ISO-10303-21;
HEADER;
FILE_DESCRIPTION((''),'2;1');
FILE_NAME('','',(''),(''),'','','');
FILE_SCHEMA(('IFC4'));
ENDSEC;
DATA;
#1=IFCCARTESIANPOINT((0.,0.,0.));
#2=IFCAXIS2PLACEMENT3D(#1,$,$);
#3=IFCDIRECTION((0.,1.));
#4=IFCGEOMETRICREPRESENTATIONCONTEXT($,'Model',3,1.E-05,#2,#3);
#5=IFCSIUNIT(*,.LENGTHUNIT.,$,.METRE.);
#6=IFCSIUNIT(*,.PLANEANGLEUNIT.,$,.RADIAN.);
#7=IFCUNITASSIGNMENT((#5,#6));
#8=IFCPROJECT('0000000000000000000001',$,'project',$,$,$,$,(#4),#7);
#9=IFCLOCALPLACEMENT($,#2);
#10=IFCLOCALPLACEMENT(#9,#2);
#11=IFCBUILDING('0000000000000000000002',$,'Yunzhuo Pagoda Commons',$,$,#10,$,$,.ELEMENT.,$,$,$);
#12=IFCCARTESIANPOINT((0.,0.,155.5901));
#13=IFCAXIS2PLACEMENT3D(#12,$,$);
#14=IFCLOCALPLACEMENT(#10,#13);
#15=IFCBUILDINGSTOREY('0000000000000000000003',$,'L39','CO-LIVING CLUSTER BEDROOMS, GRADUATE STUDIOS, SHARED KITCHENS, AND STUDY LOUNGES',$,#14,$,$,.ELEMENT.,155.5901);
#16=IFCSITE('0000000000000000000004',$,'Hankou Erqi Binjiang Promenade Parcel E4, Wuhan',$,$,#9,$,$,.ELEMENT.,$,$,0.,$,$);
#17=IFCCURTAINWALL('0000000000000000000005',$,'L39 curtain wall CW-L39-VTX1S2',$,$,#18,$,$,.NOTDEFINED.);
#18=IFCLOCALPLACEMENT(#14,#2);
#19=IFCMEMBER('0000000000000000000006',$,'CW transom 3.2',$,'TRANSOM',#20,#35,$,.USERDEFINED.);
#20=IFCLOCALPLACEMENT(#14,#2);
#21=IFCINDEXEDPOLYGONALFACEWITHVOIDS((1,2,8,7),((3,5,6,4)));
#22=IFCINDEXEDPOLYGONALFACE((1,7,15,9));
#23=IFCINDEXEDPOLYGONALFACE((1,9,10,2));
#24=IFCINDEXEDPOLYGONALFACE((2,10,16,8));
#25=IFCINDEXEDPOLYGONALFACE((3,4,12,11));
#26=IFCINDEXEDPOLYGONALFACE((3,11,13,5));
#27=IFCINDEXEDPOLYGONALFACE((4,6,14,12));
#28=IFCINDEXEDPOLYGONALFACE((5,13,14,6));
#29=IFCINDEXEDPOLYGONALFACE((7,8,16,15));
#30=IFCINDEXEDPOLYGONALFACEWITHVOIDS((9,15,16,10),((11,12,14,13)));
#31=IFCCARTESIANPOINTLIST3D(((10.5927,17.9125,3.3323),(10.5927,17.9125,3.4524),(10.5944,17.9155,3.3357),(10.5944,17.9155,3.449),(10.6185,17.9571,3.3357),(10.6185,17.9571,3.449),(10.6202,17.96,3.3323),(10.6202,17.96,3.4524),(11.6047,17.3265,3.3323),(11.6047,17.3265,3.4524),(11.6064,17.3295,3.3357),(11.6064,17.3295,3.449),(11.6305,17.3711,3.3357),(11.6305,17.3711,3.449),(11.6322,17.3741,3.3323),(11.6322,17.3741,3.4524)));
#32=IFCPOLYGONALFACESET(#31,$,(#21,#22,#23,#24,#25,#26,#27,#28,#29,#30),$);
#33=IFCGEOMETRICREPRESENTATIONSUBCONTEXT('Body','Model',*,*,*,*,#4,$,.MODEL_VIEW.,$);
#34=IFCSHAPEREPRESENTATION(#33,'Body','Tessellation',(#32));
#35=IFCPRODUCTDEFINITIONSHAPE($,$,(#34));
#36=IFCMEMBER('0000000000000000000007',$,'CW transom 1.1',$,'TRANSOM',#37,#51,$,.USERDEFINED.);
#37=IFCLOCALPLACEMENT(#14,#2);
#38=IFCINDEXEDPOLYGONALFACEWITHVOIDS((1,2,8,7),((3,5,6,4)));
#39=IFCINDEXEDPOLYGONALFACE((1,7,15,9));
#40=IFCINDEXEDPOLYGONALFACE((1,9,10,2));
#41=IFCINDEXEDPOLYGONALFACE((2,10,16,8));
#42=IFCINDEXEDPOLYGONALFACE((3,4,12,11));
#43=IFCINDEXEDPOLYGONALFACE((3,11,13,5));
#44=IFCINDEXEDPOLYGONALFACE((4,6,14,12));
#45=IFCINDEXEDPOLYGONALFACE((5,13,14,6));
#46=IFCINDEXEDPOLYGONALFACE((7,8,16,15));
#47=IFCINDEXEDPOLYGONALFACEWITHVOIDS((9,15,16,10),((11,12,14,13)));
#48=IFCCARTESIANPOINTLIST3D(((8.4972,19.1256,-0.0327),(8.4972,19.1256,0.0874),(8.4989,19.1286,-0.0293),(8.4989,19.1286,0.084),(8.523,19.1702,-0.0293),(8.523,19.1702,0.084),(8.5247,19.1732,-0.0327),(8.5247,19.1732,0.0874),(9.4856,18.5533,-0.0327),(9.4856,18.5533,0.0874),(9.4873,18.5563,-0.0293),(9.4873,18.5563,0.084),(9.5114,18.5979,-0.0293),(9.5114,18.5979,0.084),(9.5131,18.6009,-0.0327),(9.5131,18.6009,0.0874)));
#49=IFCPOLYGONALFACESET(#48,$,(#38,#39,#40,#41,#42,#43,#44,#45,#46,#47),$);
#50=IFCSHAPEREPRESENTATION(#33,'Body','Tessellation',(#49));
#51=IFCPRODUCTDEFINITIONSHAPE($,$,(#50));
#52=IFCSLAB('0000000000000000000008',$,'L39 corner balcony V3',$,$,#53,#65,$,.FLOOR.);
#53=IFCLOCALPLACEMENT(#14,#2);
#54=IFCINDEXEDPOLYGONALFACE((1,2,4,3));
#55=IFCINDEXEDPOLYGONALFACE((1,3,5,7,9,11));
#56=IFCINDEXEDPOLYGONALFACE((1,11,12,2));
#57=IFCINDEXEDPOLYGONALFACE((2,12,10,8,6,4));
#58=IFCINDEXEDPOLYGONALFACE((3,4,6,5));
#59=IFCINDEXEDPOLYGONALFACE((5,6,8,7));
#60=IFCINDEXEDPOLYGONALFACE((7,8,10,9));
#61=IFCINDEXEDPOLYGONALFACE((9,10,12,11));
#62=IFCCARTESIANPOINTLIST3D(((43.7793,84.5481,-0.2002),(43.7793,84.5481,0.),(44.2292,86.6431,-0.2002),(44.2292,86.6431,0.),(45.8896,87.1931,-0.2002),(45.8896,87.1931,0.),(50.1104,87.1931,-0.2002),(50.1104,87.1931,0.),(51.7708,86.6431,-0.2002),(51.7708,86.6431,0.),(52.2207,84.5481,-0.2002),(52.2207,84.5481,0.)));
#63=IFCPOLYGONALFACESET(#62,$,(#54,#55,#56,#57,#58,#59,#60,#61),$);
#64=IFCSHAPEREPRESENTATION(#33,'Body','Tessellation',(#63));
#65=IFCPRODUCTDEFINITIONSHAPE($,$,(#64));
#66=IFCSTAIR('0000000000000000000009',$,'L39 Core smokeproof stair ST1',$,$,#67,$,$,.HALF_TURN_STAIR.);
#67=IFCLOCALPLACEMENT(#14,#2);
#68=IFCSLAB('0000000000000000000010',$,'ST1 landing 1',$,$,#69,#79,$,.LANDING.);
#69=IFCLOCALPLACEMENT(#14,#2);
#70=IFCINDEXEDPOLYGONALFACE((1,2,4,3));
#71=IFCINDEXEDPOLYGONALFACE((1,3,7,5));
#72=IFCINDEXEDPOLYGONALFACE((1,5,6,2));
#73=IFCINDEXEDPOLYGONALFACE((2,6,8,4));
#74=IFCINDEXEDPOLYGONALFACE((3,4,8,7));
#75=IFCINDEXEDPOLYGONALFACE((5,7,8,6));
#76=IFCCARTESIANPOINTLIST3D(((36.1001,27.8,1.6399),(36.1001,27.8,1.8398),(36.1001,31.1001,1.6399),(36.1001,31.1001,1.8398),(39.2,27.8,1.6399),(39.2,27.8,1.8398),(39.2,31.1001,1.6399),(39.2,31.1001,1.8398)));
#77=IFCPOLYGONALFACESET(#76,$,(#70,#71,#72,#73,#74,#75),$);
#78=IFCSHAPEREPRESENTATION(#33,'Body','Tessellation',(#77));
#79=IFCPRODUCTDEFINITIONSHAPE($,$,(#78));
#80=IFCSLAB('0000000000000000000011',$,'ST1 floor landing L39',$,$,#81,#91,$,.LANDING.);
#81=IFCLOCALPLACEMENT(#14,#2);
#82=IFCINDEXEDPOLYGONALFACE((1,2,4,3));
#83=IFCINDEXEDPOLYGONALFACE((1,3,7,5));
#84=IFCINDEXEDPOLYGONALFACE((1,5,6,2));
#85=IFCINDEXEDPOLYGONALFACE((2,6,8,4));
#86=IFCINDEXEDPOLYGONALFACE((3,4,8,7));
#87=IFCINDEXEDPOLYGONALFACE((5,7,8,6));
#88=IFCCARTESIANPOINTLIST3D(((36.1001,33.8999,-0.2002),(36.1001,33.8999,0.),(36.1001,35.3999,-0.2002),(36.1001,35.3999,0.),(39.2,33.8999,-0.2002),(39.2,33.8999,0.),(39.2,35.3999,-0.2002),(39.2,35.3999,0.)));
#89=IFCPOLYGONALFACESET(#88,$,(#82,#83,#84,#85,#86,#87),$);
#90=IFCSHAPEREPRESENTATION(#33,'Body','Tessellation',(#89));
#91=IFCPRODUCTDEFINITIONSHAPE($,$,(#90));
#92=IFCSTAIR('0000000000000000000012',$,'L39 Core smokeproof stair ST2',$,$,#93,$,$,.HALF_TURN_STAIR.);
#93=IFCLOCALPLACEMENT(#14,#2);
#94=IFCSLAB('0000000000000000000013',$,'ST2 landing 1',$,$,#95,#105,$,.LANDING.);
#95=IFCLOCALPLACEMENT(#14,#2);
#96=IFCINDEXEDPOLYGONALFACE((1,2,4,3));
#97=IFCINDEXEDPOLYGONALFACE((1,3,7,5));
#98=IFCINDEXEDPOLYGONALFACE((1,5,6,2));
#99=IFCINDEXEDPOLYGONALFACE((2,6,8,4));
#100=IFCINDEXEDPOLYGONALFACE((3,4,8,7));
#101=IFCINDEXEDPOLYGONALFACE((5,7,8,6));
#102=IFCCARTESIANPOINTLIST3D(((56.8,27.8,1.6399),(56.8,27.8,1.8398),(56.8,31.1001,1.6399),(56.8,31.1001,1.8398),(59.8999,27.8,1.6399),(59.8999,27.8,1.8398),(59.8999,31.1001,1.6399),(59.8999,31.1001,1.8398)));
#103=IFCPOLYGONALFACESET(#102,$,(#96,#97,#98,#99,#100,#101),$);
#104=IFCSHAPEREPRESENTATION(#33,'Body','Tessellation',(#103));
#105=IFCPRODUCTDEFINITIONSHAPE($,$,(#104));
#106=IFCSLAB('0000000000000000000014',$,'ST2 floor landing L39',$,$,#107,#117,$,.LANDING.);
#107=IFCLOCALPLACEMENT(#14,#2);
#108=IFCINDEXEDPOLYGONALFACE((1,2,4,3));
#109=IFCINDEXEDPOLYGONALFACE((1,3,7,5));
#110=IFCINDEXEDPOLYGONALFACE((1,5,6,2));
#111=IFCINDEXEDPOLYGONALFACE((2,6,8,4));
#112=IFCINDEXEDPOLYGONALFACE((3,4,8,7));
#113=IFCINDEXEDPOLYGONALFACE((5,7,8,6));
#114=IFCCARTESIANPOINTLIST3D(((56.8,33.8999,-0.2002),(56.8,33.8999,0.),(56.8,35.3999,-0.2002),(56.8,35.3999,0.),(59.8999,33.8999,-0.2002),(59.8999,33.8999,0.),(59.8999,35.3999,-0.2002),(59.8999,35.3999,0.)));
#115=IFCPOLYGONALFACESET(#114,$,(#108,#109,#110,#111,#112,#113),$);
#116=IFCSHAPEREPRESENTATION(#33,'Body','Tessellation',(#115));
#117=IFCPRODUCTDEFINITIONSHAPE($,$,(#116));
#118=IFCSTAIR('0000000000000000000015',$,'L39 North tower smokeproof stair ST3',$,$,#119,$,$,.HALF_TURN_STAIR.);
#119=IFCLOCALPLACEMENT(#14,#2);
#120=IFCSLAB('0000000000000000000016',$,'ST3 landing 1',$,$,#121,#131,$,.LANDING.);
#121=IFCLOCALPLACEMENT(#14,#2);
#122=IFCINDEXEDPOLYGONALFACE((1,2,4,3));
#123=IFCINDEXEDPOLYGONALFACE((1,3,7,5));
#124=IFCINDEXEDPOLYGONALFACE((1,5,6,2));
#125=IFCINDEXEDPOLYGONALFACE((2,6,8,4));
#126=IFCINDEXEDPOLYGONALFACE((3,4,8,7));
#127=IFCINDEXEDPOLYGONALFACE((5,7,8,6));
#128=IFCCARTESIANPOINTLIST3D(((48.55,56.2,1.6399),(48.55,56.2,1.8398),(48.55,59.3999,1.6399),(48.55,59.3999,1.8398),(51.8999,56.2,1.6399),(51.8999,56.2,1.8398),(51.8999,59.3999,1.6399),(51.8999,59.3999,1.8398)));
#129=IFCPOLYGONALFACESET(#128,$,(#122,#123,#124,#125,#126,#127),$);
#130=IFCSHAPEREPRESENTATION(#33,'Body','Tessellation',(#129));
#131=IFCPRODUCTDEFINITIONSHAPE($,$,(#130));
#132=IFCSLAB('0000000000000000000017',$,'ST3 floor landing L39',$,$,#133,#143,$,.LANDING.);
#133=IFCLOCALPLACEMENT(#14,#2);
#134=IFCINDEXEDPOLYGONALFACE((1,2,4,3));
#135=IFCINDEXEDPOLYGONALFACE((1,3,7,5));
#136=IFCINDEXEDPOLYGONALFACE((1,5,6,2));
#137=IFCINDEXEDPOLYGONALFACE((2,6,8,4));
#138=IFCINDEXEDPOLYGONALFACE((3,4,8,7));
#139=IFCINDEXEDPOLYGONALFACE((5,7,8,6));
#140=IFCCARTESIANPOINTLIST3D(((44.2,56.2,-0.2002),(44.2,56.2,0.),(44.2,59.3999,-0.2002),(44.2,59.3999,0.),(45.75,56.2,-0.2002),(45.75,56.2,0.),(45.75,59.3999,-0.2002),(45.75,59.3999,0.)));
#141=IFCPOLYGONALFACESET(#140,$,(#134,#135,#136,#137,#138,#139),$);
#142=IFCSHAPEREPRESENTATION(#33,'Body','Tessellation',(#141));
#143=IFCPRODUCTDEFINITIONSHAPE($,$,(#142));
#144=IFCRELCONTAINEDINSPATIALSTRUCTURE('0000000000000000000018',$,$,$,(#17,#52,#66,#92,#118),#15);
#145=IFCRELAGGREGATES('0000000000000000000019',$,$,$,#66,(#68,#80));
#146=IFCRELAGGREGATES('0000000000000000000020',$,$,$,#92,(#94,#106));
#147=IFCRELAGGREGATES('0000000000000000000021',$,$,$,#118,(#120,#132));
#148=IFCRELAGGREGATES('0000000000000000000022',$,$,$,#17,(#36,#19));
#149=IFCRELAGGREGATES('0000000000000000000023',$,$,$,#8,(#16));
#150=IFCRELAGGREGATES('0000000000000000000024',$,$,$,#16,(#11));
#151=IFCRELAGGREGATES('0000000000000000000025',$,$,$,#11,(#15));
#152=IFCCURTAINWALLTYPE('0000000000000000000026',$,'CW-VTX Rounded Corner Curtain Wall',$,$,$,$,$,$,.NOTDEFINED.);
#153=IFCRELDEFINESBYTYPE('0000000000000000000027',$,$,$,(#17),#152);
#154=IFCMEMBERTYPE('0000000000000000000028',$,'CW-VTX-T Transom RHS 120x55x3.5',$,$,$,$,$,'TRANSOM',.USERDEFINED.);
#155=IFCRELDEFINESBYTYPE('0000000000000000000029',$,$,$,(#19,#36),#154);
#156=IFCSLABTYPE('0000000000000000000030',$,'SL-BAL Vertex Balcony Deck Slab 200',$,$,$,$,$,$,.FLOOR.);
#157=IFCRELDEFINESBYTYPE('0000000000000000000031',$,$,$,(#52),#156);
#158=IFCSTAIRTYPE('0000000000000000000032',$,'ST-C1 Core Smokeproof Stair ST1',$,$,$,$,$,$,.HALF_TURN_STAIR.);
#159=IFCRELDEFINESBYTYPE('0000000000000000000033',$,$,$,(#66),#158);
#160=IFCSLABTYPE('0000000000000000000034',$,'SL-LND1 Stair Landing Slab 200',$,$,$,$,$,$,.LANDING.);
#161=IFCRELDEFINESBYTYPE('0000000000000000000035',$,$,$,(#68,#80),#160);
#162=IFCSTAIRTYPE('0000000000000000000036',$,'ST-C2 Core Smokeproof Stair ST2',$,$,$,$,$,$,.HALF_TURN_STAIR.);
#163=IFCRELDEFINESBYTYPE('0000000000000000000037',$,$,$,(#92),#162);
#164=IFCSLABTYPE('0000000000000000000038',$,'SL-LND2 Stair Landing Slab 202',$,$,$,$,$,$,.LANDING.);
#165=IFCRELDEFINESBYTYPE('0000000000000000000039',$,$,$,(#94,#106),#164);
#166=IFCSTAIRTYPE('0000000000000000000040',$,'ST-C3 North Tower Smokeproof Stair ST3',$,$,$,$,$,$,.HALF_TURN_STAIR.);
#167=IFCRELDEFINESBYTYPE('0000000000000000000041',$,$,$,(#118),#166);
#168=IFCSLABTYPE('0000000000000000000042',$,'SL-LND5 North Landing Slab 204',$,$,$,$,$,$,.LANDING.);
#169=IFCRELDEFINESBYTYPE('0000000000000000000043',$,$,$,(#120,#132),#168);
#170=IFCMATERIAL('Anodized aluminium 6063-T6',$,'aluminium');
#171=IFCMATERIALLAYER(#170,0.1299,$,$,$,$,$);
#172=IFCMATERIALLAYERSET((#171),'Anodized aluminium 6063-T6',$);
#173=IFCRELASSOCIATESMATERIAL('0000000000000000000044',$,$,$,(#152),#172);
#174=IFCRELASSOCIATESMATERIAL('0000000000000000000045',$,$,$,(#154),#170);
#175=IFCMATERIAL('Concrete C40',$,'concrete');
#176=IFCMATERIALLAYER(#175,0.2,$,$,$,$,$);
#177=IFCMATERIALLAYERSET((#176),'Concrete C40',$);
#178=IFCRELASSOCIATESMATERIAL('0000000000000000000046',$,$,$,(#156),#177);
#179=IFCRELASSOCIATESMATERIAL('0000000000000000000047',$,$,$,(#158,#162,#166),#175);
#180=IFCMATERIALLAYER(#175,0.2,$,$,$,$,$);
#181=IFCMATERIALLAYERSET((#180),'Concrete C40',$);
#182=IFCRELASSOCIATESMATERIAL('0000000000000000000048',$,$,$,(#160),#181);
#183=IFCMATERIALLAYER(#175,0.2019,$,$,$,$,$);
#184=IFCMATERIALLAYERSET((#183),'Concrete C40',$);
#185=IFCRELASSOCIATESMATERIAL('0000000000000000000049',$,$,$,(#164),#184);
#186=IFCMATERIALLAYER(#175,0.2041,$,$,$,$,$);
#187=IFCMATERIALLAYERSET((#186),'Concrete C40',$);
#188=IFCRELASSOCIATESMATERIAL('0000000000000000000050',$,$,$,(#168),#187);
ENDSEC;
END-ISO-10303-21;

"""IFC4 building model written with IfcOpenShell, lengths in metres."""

from ifc_helpers import new_model, si_unit, direction, frame, origin, origin_2d, place, context, subcontext, project, spatial, polyline, hollow_rectangle, outline, extrude, source, transform, mapped, material, layer, layer_set, material_profile, profile_set, type_object, element, aggregate, save


model = new_model("IFC4")

# Units and contexts
model_context = context("Model", 3, precision=1e-05, world=origin(), true_north=direction((0.0, 1.0)))
body_context = subcontext(model_context, "Body", "Model", "MODEL_VIEW")
ifc_project = project(units=[si_unit("LENGTHUNIT", "METRE"), si_unit("PLANEANGLEUNIT", "RADIAN")], contexts=[model_context])

# Site, building, storey
site_placement = place(None, origin())
site = spatial("IfcSite", under=ifc_project, at=site_placement, Name="Hankou Erqi Binjiang Promenade Parcel E4, Wuhan", CompositionType="ELEMENT", RefElevation=0.0)
building_placement = place(site_placement, origin())
building = spatial("IfcBuilding", under=site, at=building_placement, Name="Yunzhuo Pagoda Commons", CompositionType="ELEMENT")
storey_placement = place(building_placement, frame((0.0, 0.0, 155.5901)))
storey = spatial("IfcBuildingStorey", under=building, at=storey_placement, Name="L39", Description="CO-LIVING CLUSTER BEDROOMS, GRADUATE STUDIOS, SHARED KITCHENS, AND STUDY LOUNGES", CompositionType="ELEMENT", Elevation=155.5901)

# Shared definitions
ifc_material_1 = material(Name="Anodized aluminium 6063-T6", Category="aluminium")

# Curtain wall
ifc_layer_1 = layer(ifc_material_1, 0.1299)
ifc_layer_set_1 = layer_set([ifc_layer_1], Name="Anodized aluminium 6063-T6")
curtain_wall_type_1 = type_object("IfcCurtainWallType", Name="CW-VTX Rounded Corner Curtain Wall", PredefinedType="NOTDEFINED", material=ifc_layer_set_1)
curtain_wall_1_placement = place(storey_placement, origin())
curtain_wall_1 = element("IfcCurtainWall", 1, at=curtain_wall_1_placement, inside=storey, type_object=curtain_wall_type_1, Name="L39 curtain wall CW-L39-VTX1S2", PredefinedType="NOTDEFINED")

# Members
ifc_material_profile_1 = material_profile(ifc_material_1, hollow_rectangle(XDim=0.0549, YDim=0.1201, WallThickness=0.0034, at=origin_2d()), Name="Anodized aluminium 6063-T6")
ifc_profile_set_1 = profile_set([ifc_material_profile_1], Name="Anodized aluminium 6063-T6")
member_type_1 = type_object("IfcMemberType", Name="CW-VTX-T Transom RHS 120x55x3.5", ElementType="TRANSOM", PredefinedType="USERDEFINED", material=ifc_profile_set_1)
shared_shape_1 = source(origin(), body_context, "Body", "SweptSolid", [
    extrude(hollow_rectangle(XDim=0.0549, YDim=0.1201, WallThickness=0.0034, at=origin_2d()), origin(), (0.0, 0.0, 1.0), 1.1694),
])
member_1_placement = place(storey_placement, frame((10.6064, 17.9363, 3.3923), z_axis=(0.865402, -0.501077, 0.0), x_axis=(0.501077, 0.865402, 0.0)))
member_1 = element("IfcMember", 2, at=member_1_placement, type_object=member_type_1, Name="CW transom 3.2", ObjectType="TRANSOM", PredefinedType="USERDEFINED", context=body_context, shape_type="MappedRepresentation", body=[
    mapped(shared_shape_1, transform((0.0, 0.0, 0.0), scale=1.0)),
])
shared_shape_2 = source(origin(), body_context, "Body", "SweptSolid", [
    extrude(hollow_rectangle(XDim=0.0549, YDim=0.1201, WallThickness=0.0034, at=origin_2d()), origin(), (0.0, 0.0, 1.0), 1.1421),
])
member_2_placement = place(storey_placement, frame((8.511, 19.1494, 0.0273), z_axis=(0.865387, -0.501104, 0.0), x_axis=(0.501104, 0.865387, 0.0)))
member_2 = element("IfcMember", 3, at=member_2_placement, type_object=member_type_1, Name="CW transom 1.1", ObjectType="TRANSOM", PredefinedType="USERDEFINED", context=body_context, shape_type="MappedRepresentation", body=[
    mapped(shared_shape_2, transform((0.0, 0.0, 0.0), scale=1.0)),
])

# Slab
ifc_material_2 = material(Name="Concrete C40", Category="concrete")
ifc_layer_2 = layer(ifc_material_2, 0.2)
ifc_layer_set_2 = layer_set([ifc_layer_2], Name="Concrete C40")
slab_type_1 = type_object("IfcSlabType", Name="SL-BAL Vertex Balcony Deck Slab 200", PredefinedType="FLOOR", material=ifc_layer_set_2)
slab_1_placement = place(storey_placement, frame((0.0, 0.0, -0.2002)))
element("IfcSlab", 4, at=slab_1_placement, inside=storey, type_object=slab_type_1, Name="L39 corner balcony V3", PredefinedType="FLOOR", context=body_context, shape_type="SweptSolid", body=[
    extrude(outline(polyline([(52.2207, 84.5481), (43.7793, 84.5481), (44.2292, 86.6431), (45.8896, 87.1931), (50.1104, 87.1931), (51.7708, 86.6431), (52.2207, 84.5481)])), origin(), (0.0, 0.0, 1.0), 0.2002),
])

# Stairs, slabs
stair_type_1 = type_object("IfcStairType", Name="ST-C1 Core Smokeproof Stair ST1", PredefinedType="HALF_TURN_STAIR", material=ifc_material_2)
stair_1_placement = place(storey_placement, origin())
stair_1 = element("IfcStair", 5, at=stair_1_placement, inside=storey, type_object=stair_type_1, Name="L39 Core smokeproof stair ST1", PredefinedType="HALF_TURN_STAIR")
ifc_layer_3 = layer(ifc_material_2, 0.2)
ifc_layer_set_3 = layer_set([ifc_layer_3], Name="Concrete C40")
slab_type_2 = type_object("IfcSlabType", Name="SL-LND1 Stair Landing Slab 200", PredefinedType="LANDING", material=ifc_layer_set_3)
slab_2_placement = place(storey_placement, frame((0.0, 0.0, 1.6399)))
slab_2 = element("IfcSlab", 6, at=slab_2_placement, type_object=slab_type_2, Name="ST1 landing 1", PredefinedType="LANDING", context=body_context, shape_type="SweptSolid", body=[
    extrude(outline(polyline([(36.1001, 31.1001), (36.1001, 27.8), (39.2, 27.8), (39.2, 31.1001), (36.1001, 31.1001)])), origin(), (0.0, 0.0, 1.0), 0.2),
])
slab_3_placement = place(storey_placement, frame((0.0, 0.0, -0.2002)))
slab_3 = element("IfcSlab", 7, at=slab_3_placement, type_object=slab_type_2, Name="ST1 floor landing L39", PredefinedType="LANDING", context=body_context, shape_type="SweptSolid", body=[
    extrude(outline(polyline([(36.1001, 35.3999), (36.1001, 33.8999), (39.2, 33.8999), (39.2, 35.3999), (36.1001, 35.3999)])), origin(), (0.0, 0.0, 1.0), 0.2002),
])
aggregate(stair_1, [slab_2, slab_3])
stair_type_2 = type_object("IfcStairType", Name="ST-C2 Core Smokeproof Stair ST2", PredefinedType="HALF_TURN_STAIR", material=ifc_material_2)
stair_2_placement = place(storey_placement, origin())
stair_2 = element("IfcStair", 8, at=stair_2_placement, inside=storey, type_object=stair_type_2, Name="L39 Core smokeproof stair ST2", PredefinedType="HALF_TURN_STAIR")
ifc_layer_4 = layer(ifc_material_2, 0.2019)
ifc_layer_set_4 = layer_set([ifc_layer_4], Name="Concrete C40")
slab_type_3 = type_object("IfcSlabType", Name="SL-LND2 Stair Landing Slab 202", PredefinedType="LANDING", material=ifc_layer_set_4)
slab_4_placement = place(storey_placement, frame((0.0, 0.0, 1.6399)))
slab_4 = element("IfcSlab", 9, at=slab_4_placement, type_object=slab_type_3, Name="ST2 landing 1", PredefinedType="LANDING", context=body_context, shape_type="SweptSolid", body=[
    extrude(outline(polyline([(56.8, 31.1001), (56.8, 27.8), (59.8999, 27.8), (59.8999, 31.1001), (56.8, 31.1001)])), origin(), (0.0, 0.0, 1.0), 0.2),
])
slab_5_placement = place(storey_placement, frame((0.0, 0.0, -0.2002)))
slab_5 = element("IfcSlab", 10, at=slab_5_placement, type_object=slab_type_3, Name="ST2 floor landing L39", PredefinedType="LANDING", context=body_context, shape_type="SweptSolid", body=[
    extrude(outline(polyline([(56.8, 35.3999), (56.8, 33.8999), (59.8999, 33.8999), (59.8999, 35.3999), (56.8, 35.3999)])), origin(), (0.0, 0.0, 1.0), 0.2002),
])
aggregate(stair_2, [slab_4, slab_5])
stair_type_3 = type_object("IfcStairType", Name="ST-C3 North Tower Smokeproof Stair ST3", PredefinedType="HALF_TURN_STAIR", material=ifc_material_2)
stair_3_placement = place(storey_placement, origin())
stair_3 = element("IfcStair", 11, at=stair_3_placement, inside=storey, type_object=stair_type_3, Name="L39 North tower smokeproof stair ST3", PredefinedType="HALF_TURN_STAIR")
ifc_layer_5 = layer(ifc_material_2, 0.2041)
ifc_layer_set_5 = layer_set([ifc_layer_5], Name="Concrete C40")
slab_type_4 = type_object("IfcSlabType", Name="SL-LND5 North Landing Slab 204", PredefinedType="LANDING", material=ifc_layer_set_5)
slab_6_placement = place(storey_placement, frame((0.0, 0.0, 1.6399)))
slab_6 = element("IfcSlab", 12, at=slab_6_placement, type_object=slab_type_4, Name="ST3 landing 1", PredefinedType="LANDING", context=body_context, shape_type="SweptSolid", body=[
    extrude(outline(polyline([(48.55, 56.2), (51.8999, 56.2), (51.8999, 59.3999), (48.55, 59.3999), (48.55, 56.2)])), origin(), (0.0, 0.0, 1.0), 0.2),
])
slab_7_placement = place(storey_placement, frame((0.0, 0.0, -0.2002)))
slab_7 = element("IfcSlab", 13, at=slab_7_placement, type_object=slab_type_4, Name="ST3 floor landing L39", PredefinedType="LANDING", context=body_context, shape_type="SweptSolid", body=[
    extrude(outline(polyline([(44.2, 56.2), (45.75, 56.2), (45.75, 59.3999), (44.2, 59.3999), (44.2, 56.2)])), origin(), (0.0, 0.0, 1.0), 0.2002),
])
aggregate(stair_3, [slab_6, slab_7])

aggregate(curtain_wall_1, [member_2, member_1])

save(model, "model.ifc")
